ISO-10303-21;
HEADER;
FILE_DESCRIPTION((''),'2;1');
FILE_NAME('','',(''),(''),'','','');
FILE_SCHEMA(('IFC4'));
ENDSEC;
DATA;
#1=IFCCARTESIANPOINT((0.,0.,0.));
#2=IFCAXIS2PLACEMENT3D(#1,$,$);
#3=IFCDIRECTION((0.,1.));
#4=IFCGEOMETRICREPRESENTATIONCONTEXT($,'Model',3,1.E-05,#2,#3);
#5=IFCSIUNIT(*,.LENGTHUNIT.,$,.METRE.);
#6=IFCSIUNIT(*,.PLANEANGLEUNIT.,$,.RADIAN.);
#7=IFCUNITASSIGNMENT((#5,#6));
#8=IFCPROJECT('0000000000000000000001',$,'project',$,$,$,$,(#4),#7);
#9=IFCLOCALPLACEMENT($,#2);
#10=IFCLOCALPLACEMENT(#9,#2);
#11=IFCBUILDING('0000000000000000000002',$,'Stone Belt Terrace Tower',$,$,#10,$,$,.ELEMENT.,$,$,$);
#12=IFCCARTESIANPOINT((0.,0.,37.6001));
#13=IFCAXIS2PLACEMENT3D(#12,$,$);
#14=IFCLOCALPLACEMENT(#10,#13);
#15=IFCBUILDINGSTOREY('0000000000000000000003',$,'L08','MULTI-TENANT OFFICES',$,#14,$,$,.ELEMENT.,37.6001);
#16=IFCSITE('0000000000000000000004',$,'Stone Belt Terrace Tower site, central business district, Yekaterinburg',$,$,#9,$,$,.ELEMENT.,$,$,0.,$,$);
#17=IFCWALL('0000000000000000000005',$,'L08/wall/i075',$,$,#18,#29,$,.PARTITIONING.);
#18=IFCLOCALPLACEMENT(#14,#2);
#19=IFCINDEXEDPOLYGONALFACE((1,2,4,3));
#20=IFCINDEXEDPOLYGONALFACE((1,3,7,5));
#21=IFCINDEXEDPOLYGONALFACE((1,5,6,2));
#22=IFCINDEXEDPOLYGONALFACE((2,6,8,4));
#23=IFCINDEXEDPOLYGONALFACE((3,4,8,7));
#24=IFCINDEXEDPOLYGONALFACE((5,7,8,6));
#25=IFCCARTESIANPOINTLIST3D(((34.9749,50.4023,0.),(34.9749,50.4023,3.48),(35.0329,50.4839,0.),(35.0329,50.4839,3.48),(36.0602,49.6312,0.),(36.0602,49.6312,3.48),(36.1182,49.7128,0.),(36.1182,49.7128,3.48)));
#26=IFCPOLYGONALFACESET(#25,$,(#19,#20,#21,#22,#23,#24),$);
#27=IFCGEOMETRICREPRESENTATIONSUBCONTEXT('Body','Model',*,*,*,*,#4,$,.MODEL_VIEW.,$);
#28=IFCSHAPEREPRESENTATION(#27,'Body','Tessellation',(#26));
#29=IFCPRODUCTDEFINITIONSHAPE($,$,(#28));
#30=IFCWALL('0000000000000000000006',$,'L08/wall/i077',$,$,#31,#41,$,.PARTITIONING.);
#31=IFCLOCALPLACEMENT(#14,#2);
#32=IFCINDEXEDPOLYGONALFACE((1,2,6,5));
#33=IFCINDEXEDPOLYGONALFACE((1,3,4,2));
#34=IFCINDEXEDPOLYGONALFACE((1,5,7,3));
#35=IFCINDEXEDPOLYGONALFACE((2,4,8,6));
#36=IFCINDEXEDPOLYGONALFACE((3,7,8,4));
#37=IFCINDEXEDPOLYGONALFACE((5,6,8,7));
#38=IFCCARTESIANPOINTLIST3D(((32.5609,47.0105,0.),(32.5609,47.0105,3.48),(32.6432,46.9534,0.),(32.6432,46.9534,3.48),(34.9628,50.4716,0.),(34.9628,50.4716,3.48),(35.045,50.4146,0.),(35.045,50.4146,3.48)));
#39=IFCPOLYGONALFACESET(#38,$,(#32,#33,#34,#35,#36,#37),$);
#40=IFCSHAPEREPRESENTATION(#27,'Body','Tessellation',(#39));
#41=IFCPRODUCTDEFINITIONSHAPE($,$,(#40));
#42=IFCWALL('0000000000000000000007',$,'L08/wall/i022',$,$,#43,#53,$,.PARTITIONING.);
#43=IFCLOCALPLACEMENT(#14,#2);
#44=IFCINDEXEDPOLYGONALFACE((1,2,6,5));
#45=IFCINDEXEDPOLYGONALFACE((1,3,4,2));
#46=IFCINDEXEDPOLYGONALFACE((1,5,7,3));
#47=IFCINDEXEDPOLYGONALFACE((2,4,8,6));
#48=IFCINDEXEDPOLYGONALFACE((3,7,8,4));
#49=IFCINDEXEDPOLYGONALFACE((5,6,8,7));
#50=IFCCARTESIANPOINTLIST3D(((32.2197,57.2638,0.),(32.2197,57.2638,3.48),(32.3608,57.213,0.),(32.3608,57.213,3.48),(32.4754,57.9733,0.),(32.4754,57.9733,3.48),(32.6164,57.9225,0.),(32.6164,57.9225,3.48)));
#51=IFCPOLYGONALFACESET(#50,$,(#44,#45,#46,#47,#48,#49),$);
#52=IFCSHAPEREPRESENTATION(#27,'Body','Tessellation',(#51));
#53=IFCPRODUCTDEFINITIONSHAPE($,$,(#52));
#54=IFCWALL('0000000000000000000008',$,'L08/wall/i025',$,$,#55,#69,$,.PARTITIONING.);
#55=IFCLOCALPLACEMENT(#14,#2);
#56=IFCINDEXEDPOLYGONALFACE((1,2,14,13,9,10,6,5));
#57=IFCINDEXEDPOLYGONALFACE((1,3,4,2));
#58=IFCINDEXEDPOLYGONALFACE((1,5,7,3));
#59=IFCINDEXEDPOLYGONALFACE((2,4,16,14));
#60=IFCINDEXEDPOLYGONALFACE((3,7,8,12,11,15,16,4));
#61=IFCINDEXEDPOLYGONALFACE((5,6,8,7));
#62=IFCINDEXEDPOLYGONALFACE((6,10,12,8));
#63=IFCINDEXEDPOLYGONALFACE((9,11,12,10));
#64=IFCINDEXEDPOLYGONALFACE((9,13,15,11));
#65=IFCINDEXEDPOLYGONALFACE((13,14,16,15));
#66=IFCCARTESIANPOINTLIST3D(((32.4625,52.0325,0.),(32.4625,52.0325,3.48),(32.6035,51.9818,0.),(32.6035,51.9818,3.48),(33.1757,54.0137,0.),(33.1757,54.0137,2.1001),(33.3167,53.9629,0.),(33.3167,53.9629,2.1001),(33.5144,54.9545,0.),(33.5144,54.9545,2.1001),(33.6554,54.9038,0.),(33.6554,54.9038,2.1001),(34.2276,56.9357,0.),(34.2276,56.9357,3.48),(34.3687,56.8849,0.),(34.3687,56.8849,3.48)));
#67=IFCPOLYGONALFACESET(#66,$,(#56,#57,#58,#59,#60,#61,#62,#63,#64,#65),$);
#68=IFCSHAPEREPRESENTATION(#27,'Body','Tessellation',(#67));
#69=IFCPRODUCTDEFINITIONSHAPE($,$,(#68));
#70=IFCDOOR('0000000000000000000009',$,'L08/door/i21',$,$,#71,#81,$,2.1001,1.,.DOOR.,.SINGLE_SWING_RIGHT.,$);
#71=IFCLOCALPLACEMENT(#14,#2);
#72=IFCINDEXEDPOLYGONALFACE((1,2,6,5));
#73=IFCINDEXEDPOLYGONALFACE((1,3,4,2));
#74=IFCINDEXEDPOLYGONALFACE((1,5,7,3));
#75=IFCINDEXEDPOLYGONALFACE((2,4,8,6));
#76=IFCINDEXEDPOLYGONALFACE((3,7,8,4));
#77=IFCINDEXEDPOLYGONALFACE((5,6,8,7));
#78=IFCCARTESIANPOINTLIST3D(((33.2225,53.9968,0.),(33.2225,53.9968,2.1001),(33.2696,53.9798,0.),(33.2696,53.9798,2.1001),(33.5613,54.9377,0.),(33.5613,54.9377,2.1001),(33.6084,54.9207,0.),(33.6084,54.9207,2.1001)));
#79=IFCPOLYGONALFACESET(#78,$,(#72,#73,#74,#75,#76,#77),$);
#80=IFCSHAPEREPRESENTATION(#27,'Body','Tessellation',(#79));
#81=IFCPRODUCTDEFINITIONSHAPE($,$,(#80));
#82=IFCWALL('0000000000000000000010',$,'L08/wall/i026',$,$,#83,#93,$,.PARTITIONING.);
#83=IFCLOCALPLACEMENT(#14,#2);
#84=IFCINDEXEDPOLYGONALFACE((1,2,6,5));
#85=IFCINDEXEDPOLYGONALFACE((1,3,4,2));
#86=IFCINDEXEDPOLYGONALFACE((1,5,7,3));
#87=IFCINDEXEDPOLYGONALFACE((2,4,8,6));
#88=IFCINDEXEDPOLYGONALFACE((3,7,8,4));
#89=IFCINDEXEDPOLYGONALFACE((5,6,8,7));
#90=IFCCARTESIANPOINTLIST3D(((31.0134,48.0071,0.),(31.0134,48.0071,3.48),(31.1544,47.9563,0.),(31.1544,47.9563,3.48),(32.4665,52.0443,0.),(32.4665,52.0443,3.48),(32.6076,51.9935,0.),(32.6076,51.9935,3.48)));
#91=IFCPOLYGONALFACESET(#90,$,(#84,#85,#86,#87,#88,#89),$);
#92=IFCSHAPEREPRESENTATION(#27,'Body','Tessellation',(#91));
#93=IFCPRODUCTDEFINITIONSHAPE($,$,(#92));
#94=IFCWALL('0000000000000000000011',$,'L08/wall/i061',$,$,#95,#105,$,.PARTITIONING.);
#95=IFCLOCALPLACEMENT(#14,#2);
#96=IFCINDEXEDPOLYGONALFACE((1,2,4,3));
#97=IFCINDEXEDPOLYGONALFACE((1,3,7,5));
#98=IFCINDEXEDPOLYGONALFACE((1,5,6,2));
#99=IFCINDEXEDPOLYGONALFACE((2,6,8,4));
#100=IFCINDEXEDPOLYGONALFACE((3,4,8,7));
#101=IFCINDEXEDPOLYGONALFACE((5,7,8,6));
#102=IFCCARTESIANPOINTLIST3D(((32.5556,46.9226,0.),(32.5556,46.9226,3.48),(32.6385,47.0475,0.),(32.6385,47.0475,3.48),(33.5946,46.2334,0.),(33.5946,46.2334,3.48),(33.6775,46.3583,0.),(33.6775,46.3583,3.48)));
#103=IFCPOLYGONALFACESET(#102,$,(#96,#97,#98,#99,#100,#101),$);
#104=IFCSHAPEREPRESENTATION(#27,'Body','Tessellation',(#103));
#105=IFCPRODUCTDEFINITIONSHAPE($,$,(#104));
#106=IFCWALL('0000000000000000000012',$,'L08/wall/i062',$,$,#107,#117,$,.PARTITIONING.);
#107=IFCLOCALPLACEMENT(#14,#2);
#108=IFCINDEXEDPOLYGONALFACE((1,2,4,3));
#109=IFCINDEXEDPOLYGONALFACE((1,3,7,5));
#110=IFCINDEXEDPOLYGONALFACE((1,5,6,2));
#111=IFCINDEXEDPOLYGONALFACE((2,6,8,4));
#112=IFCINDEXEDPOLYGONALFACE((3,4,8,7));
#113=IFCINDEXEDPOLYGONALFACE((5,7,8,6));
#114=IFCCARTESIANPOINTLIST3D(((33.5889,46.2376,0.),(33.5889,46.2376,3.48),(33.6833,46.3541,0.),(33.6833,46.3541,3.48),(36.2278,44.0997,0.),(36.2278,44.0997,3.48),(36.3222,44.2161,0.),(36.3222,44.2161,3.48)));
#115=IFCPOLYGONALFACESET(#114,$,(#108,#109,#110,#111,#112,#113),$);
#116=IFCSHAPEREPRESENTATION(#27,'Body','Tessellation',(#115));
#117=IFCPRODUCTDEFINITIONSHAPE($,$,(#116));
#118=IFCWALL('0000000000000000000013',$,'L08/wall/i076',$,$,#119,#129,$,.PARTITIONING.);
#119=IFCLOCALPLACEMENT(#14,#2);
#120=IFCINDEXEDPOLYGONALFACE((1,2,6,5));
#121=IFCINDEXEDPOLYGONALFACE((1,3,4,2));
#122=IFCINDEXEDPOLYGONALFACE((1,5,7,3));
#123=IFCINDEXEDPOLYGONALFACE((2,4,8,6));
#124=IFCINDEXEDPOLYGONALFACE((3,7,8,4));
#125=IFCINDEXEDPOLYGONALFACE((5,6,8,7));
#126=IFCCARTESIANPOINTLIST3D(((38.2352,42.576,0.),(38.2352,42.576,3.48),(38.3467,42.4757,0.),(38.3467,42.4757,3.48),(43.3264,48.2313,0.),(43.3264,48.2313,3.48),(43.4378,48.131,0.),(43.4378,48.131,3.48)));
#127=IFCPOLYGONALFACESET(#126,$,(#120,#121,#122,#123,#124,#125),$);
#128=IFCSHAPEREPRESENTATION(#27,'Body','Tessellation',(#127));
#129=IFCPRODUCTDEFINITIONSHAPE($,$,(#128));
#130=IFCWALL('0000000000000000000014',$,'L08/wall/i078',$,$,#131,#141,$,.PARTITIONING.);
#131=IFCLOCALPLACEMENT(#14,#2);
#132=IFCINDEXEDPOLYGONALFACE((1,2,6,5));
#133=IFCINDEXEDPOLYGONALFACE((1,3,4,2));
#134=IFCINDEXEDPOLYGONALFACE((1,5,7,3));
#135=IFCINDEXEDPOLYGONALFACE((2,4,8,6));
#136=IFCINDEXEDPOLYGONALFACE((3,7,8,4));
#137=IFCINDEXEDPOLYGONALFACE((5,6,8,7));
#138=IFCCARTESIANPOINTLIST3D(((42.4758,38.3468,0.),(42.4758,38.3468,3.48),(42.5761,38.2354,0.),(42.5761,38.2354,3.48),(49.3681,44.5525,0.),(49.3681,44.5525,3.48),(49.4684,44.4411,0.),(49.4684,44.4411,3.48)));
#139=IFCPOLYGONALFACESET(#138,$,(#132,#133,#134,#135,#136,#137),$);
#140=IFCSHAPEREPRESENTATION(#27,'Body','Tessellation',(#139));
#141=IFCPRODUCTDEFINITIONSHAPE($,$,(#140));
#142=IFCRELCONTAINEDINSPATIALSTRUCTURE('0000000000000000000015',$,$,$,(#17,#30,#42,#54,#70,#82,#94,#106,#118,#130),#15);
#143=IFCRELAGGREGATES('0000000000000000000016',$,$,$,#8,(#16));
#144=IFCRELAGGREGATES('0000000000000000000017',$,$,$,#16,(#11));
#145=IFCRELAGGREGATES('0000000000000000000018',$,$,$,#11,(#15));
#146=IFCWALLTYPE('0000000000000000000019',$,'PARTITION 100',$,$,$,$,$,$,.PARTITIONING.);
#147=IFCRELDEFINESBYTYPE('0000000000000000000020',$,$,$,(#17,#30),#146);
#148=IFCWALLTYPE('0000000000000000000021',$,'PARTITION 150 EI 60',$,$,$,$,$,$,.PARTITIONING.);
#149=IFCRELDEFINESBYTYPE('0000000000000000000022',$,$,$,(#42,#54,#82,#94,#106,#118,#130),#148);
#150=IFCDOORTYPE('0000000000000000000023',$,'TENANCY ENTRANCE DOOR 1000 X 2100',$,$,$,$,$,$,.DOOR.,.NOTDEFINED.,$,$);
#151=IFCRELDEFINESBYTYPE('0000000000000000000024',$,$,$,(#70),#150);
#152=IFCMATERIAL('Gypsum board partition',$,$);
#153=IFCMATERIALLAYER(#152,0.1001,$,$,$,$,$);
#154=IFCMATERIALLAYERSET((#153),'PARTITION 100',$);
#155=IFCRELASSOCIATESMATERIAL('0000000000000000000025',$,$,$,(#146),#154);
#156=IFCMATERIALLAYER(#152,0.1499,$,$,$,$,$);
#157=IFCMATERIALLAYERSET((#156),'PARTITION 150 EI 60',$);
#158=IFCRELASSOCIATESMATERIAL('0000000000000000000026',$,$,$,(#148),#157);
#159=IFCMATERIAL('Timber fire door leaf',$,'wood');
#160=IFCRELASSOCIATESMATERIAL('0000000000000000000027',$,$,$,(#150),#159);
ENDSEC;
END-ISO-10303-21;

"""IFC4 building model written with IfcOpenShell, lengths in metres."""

from ifc_helpers import new_model, si_unit, direction, frame, frame_2d, origin, place, context, subcontext, project, spatial, rectangle, extrude, material, layer, layer_set, type_object, element, fill, save


model = new_model("IFC4")

# Units and contexts
model_context = context("Model", 3, precision=1e-05, world=origin(), true_north=direction((0.0, 1.0)))
body_context = subcontext(model_context, "Body", "Model", "MODEL_VIEW")
ifc_project = project(units=[si_unit("LENGTHUNIT", "METRE"), si_unit("PLANEANGLEUNIT", "RADIAN")], contexts=[model_context])

# Site, building, storey
site_placement = place(None, origin())
site = spatial("IfcSite", under=ifc_project, at=site_placement, Name="Stone Belt Terrace Tower site, central business district, Yekaterinburg", CompositionType="ELEMENT", RefElevation=0.0)
building_placement = place(site_placement, origin())
building = spatial("IfcBuilding", under=site, at=building_placement, Name="Stone Belt Terrace Tower", CompositionType="ELEMENT")
storey_placement = place(building_placement, frame((0.0, 0.0, 37.6001)))
storey = spatial("IfcBuildingStorey", under=building, at=storey_placement, Name="L08", Description="MULTI-TENANT OFFICES", CompositionType="ELEMENT", Elevation=37.6001)

# Shared definitions
ifc_material_1 = material(Name="Gypsum board partition")
ifc_layer_1 = layer(ifc_material_1, 0.1001)
ifc_layer_set_1 = layer_set([ifc_layer_1], Name="PARTITION 100")
wall_type_1 = type_object("IfcWallType", Name="PARTITION 100", PredefinedType="PARTITIONING", material=ifc_layer_set_1)

# Walls
wall_1_placement = place(storey_placement, frame((36.0891, 49.6721, 0.0), z_axis=(0.0, 0.0, 1.0), x_axis=(-0.815205, 0.579172, 0.0)))
element("IfcWall", 1, at=wall_1_placement, inside=storey, type_object=wall_type_1, Name="L08/wall/i075", PredefinedType="PARTITIONING", context=body_context, shape_type="SweptSolid", body=[
    extrude(rectangle(XDim=1.3313, YDim=0.1001, at=frame_2d((0.6655, 0.0))), origin(), (0.0, 0.0, 1.0), 3.48),
])
wall_2_placement = place(storey_placement, frame((35.0039, 50.4431, 0.0), z_axis=(0.0, 0.0, 1.0), x_axis=(-0.570117, -0.821564, 0.0)))
element("IfcWall", 2, at=wall_2_placement, inside=storey, type_object=wall_type_1, Name="L08/wall/i077", PredefinedType="PARTITIONING", context=body_context, shape_type="SweptSolid", body=[
    extrude(rectangle(XDim=4.2129, YDim=0.1001, at=frame_2d((2.1064, 0.0))), origin(), (0.0, 0.0, 1.0), 3.48),
])
ifc_layer_2 = layer(ifc_material_1, 0.1499)
ifc_layer_set_2 = layer_set([ifc_layer_2], Name="PARTITION 150 EI 60")
wall_type_2 = type_object("IfcWallType", Name="PARTITION 150 EI 60", PredefinedType="PARTITIONING", material=ifc_layer_set_2)
wall_3_placement = place(storey_placement, frame((32.2903, 57.2385, 0.0), z_axis=(0.0, 0.0, 1.0), x_axis=(0.33896, 0.940801, 0.0)))
element("IfcWall", 3, at=wall_3_placement, inside=storey, type_object=wall_type_2, Name="L08/wall/i022", PredefinedType="PARTITIONING", context=body_context, shape_type="SweptSolid", body=[
    extrude(rectangle(XDim=0.7542, YDim=0.1499, at=frame_2d((0.377, 0.0))), origin(), (0.0, 0.0, 1.0), 3.48),
])

# Wall, opening, door
wall_4_placement = place(storey_placement, frame((34.2981, 56.9102, 0.0), z_axis=(0.0, 0.0, 1.0), x_axis=(-0.338724, -0.940886, 0.0)))
wall_4 = element("IfcWall", 4, at=wall_4_placement, inside=storey, type_object=wall_type_2, Name="L08/wall/i025", PredefinedType="PARTITIONING", context=body_context, shape_type="SweptSolid", body=[
    extrude(rectangle(XDim=5.2112, YDim=0.1499, at=frame_2d((2.6055, 0.0))), origin(), (0.0, 0.0, 1.0), 3.48),
])
opening_1_placement = place(wall_4_placement, frame((2.1055, 0.0, 0.0)))
opening_1 = element("IfcOpeningElement", 5, at=opening_1_placement, cuts=wall_4, PredefinedType="OPENING", context=body_context, shape_type="SweptSolid", body=[
    extrude(rectangle(XDim=1.0, YDim=2.1001, at=frame_2d((0.5, 1.05))), frame((0.0, 0.085, 0.0), z_axis=(0.0, -1.0, 0.0), x_axis=(1.0, 0.0, 0.0)), (0.0, 0.0, 1.0), 0.1699),
])
ifc_material_2 = material(Name="Timber fire door leaf", Category="wood")
door_type_1 = type_object("IfcDoorType", Name="TENANCY ENTRANCE DOOR 1000 X 2100", OperationType="NOTDEFINED", PredefinedType="DOOR", material=ifc_material_2)
door_1_placement = place(opening_1_placement, origin())
door_1 = element("IfcDoor", 6, at=door_1_placement, inside=storey, type_object=door_type_1, Name="L08/door/i21", OperationType="SINGLE_SWING_RIGHT", OverallHeight=2.1001, OverallWidth=1.0, PredefinedType="DOOR", context=body_context, shape_type="SweptSolid", body=[
    extrude(rectangle(XDim=1.0, YDim=2.1001, at=frame_2d((0.5, 1.05))), frame((0.0, 0.0249, 0.0), z_axis=(0.0, -1.0, 0.0), x_axis=(1.0, 0.0, 0.0)), (0.0, 0.0, 1.0), 0.05),
])
fill(opening_1, door_1)

# Walls
wall_5_placement = place(storey_placement, frame((32.5371, 52.019, 0.0), z_axis=(0.0, 0.0, 1.0), x_axis=(-0.338671, -0.940905, 0.0)))
element("IfcWall", 7, at=wall_5_placement, inside=storey, type_object=wall_type_2, Name="L08/wall/i026", PredefinedType="PARTITIONING", context=body_context, shape_type="SweptSolid", body=[
    extrude(rectangle(XDim=4.2908, YDim=0.1499, at=frame_2d((2.1455, 0.0))), origin(), (0.0, 0.0, 1.0), 3.48),
])
wall_6_placement = place(storey_placement, frame((32.5969, 46.9851, 0.0), z_axis=(0.0, 0.0, 1.0), x_axis=(0.833343, -0.552756, 0.0)))
element("IfcWall", 8, at=wall_6_placement, inside=storey, type_object=wall_type_2, Name="L08/wall/i061", PredefinedType="PARTITIONING", context=body_context, shape_type="SweptSolid", body=[
    extrude(rectangle(XDim=1.2468, YDim=0.1499, at=frame_2d((0.6235, 0.0))), origin(), (0.0, 0.0, 1.0), 3.48),
])
wall_7_placement = place(storey_placement, frame((33.636, 46.2959, 0.0), z_axis=(0.0, 0.0, 1.0), x_axis=(0.777004, -0.629496, 0.0)))
element("IfcWall", 9, at=wall_7_placement, inside=storey, type_object=wall_type_2, Name="L08/wall/i062", PredefinedType="PARTITIONING", context=body_context, shape_type="SweptSolid", body=[
    extrude(rectangle(XDim=3.3962, YDim=0.1499, at=frame_2d((1.6982, 0.0))), origin(), (0.0, 0.0, 1.0), 3.48),
])
wall_8_placement = place(storey_placement, frame((43.3821, 48.1812, 0.0), z_axis=(0.0, 0.0, 1.0), x_axis=(-0.66906, -0.743208, 0.0)))
element("IfcWall", 10, at=wall_8_placement, inside=storey, type_object=wall_type_2, Name="L08/wall/i076", PredefinedType="PARTITIONING", context=body_context, shape_type="SweptSolid", body=[
    extrude(rectangle(XDim=7.6094, YDim=0.1499, at=frame_2d((3.8047, 0.0))), origin(), (0.0, 0.0, 1.0), 3.48),
])
wall_9_placement = place(storey_placement, frame((49.4182, 44.4968, 0.0), z_axis=(0.0, 0.0, 1.0), x_axis=(-0.743149, -0.669126, 0.0)))
element("IfcWall", 11, at=wall_9_placement, inside=storey, type_object=wall_type_2, Name="L08/wall/i078", PredefinedType="PARTITIONING", context=body_context, shape_type="SweptSolid", body=[
    extrude(rectangle(XDim=9.2744, YDim=0.1499, at=frame_2d((4.6372, 0.0))), origin(), (0.0, 0.0, 1.0), 3.48),
])

save(model, "model.ifc")
